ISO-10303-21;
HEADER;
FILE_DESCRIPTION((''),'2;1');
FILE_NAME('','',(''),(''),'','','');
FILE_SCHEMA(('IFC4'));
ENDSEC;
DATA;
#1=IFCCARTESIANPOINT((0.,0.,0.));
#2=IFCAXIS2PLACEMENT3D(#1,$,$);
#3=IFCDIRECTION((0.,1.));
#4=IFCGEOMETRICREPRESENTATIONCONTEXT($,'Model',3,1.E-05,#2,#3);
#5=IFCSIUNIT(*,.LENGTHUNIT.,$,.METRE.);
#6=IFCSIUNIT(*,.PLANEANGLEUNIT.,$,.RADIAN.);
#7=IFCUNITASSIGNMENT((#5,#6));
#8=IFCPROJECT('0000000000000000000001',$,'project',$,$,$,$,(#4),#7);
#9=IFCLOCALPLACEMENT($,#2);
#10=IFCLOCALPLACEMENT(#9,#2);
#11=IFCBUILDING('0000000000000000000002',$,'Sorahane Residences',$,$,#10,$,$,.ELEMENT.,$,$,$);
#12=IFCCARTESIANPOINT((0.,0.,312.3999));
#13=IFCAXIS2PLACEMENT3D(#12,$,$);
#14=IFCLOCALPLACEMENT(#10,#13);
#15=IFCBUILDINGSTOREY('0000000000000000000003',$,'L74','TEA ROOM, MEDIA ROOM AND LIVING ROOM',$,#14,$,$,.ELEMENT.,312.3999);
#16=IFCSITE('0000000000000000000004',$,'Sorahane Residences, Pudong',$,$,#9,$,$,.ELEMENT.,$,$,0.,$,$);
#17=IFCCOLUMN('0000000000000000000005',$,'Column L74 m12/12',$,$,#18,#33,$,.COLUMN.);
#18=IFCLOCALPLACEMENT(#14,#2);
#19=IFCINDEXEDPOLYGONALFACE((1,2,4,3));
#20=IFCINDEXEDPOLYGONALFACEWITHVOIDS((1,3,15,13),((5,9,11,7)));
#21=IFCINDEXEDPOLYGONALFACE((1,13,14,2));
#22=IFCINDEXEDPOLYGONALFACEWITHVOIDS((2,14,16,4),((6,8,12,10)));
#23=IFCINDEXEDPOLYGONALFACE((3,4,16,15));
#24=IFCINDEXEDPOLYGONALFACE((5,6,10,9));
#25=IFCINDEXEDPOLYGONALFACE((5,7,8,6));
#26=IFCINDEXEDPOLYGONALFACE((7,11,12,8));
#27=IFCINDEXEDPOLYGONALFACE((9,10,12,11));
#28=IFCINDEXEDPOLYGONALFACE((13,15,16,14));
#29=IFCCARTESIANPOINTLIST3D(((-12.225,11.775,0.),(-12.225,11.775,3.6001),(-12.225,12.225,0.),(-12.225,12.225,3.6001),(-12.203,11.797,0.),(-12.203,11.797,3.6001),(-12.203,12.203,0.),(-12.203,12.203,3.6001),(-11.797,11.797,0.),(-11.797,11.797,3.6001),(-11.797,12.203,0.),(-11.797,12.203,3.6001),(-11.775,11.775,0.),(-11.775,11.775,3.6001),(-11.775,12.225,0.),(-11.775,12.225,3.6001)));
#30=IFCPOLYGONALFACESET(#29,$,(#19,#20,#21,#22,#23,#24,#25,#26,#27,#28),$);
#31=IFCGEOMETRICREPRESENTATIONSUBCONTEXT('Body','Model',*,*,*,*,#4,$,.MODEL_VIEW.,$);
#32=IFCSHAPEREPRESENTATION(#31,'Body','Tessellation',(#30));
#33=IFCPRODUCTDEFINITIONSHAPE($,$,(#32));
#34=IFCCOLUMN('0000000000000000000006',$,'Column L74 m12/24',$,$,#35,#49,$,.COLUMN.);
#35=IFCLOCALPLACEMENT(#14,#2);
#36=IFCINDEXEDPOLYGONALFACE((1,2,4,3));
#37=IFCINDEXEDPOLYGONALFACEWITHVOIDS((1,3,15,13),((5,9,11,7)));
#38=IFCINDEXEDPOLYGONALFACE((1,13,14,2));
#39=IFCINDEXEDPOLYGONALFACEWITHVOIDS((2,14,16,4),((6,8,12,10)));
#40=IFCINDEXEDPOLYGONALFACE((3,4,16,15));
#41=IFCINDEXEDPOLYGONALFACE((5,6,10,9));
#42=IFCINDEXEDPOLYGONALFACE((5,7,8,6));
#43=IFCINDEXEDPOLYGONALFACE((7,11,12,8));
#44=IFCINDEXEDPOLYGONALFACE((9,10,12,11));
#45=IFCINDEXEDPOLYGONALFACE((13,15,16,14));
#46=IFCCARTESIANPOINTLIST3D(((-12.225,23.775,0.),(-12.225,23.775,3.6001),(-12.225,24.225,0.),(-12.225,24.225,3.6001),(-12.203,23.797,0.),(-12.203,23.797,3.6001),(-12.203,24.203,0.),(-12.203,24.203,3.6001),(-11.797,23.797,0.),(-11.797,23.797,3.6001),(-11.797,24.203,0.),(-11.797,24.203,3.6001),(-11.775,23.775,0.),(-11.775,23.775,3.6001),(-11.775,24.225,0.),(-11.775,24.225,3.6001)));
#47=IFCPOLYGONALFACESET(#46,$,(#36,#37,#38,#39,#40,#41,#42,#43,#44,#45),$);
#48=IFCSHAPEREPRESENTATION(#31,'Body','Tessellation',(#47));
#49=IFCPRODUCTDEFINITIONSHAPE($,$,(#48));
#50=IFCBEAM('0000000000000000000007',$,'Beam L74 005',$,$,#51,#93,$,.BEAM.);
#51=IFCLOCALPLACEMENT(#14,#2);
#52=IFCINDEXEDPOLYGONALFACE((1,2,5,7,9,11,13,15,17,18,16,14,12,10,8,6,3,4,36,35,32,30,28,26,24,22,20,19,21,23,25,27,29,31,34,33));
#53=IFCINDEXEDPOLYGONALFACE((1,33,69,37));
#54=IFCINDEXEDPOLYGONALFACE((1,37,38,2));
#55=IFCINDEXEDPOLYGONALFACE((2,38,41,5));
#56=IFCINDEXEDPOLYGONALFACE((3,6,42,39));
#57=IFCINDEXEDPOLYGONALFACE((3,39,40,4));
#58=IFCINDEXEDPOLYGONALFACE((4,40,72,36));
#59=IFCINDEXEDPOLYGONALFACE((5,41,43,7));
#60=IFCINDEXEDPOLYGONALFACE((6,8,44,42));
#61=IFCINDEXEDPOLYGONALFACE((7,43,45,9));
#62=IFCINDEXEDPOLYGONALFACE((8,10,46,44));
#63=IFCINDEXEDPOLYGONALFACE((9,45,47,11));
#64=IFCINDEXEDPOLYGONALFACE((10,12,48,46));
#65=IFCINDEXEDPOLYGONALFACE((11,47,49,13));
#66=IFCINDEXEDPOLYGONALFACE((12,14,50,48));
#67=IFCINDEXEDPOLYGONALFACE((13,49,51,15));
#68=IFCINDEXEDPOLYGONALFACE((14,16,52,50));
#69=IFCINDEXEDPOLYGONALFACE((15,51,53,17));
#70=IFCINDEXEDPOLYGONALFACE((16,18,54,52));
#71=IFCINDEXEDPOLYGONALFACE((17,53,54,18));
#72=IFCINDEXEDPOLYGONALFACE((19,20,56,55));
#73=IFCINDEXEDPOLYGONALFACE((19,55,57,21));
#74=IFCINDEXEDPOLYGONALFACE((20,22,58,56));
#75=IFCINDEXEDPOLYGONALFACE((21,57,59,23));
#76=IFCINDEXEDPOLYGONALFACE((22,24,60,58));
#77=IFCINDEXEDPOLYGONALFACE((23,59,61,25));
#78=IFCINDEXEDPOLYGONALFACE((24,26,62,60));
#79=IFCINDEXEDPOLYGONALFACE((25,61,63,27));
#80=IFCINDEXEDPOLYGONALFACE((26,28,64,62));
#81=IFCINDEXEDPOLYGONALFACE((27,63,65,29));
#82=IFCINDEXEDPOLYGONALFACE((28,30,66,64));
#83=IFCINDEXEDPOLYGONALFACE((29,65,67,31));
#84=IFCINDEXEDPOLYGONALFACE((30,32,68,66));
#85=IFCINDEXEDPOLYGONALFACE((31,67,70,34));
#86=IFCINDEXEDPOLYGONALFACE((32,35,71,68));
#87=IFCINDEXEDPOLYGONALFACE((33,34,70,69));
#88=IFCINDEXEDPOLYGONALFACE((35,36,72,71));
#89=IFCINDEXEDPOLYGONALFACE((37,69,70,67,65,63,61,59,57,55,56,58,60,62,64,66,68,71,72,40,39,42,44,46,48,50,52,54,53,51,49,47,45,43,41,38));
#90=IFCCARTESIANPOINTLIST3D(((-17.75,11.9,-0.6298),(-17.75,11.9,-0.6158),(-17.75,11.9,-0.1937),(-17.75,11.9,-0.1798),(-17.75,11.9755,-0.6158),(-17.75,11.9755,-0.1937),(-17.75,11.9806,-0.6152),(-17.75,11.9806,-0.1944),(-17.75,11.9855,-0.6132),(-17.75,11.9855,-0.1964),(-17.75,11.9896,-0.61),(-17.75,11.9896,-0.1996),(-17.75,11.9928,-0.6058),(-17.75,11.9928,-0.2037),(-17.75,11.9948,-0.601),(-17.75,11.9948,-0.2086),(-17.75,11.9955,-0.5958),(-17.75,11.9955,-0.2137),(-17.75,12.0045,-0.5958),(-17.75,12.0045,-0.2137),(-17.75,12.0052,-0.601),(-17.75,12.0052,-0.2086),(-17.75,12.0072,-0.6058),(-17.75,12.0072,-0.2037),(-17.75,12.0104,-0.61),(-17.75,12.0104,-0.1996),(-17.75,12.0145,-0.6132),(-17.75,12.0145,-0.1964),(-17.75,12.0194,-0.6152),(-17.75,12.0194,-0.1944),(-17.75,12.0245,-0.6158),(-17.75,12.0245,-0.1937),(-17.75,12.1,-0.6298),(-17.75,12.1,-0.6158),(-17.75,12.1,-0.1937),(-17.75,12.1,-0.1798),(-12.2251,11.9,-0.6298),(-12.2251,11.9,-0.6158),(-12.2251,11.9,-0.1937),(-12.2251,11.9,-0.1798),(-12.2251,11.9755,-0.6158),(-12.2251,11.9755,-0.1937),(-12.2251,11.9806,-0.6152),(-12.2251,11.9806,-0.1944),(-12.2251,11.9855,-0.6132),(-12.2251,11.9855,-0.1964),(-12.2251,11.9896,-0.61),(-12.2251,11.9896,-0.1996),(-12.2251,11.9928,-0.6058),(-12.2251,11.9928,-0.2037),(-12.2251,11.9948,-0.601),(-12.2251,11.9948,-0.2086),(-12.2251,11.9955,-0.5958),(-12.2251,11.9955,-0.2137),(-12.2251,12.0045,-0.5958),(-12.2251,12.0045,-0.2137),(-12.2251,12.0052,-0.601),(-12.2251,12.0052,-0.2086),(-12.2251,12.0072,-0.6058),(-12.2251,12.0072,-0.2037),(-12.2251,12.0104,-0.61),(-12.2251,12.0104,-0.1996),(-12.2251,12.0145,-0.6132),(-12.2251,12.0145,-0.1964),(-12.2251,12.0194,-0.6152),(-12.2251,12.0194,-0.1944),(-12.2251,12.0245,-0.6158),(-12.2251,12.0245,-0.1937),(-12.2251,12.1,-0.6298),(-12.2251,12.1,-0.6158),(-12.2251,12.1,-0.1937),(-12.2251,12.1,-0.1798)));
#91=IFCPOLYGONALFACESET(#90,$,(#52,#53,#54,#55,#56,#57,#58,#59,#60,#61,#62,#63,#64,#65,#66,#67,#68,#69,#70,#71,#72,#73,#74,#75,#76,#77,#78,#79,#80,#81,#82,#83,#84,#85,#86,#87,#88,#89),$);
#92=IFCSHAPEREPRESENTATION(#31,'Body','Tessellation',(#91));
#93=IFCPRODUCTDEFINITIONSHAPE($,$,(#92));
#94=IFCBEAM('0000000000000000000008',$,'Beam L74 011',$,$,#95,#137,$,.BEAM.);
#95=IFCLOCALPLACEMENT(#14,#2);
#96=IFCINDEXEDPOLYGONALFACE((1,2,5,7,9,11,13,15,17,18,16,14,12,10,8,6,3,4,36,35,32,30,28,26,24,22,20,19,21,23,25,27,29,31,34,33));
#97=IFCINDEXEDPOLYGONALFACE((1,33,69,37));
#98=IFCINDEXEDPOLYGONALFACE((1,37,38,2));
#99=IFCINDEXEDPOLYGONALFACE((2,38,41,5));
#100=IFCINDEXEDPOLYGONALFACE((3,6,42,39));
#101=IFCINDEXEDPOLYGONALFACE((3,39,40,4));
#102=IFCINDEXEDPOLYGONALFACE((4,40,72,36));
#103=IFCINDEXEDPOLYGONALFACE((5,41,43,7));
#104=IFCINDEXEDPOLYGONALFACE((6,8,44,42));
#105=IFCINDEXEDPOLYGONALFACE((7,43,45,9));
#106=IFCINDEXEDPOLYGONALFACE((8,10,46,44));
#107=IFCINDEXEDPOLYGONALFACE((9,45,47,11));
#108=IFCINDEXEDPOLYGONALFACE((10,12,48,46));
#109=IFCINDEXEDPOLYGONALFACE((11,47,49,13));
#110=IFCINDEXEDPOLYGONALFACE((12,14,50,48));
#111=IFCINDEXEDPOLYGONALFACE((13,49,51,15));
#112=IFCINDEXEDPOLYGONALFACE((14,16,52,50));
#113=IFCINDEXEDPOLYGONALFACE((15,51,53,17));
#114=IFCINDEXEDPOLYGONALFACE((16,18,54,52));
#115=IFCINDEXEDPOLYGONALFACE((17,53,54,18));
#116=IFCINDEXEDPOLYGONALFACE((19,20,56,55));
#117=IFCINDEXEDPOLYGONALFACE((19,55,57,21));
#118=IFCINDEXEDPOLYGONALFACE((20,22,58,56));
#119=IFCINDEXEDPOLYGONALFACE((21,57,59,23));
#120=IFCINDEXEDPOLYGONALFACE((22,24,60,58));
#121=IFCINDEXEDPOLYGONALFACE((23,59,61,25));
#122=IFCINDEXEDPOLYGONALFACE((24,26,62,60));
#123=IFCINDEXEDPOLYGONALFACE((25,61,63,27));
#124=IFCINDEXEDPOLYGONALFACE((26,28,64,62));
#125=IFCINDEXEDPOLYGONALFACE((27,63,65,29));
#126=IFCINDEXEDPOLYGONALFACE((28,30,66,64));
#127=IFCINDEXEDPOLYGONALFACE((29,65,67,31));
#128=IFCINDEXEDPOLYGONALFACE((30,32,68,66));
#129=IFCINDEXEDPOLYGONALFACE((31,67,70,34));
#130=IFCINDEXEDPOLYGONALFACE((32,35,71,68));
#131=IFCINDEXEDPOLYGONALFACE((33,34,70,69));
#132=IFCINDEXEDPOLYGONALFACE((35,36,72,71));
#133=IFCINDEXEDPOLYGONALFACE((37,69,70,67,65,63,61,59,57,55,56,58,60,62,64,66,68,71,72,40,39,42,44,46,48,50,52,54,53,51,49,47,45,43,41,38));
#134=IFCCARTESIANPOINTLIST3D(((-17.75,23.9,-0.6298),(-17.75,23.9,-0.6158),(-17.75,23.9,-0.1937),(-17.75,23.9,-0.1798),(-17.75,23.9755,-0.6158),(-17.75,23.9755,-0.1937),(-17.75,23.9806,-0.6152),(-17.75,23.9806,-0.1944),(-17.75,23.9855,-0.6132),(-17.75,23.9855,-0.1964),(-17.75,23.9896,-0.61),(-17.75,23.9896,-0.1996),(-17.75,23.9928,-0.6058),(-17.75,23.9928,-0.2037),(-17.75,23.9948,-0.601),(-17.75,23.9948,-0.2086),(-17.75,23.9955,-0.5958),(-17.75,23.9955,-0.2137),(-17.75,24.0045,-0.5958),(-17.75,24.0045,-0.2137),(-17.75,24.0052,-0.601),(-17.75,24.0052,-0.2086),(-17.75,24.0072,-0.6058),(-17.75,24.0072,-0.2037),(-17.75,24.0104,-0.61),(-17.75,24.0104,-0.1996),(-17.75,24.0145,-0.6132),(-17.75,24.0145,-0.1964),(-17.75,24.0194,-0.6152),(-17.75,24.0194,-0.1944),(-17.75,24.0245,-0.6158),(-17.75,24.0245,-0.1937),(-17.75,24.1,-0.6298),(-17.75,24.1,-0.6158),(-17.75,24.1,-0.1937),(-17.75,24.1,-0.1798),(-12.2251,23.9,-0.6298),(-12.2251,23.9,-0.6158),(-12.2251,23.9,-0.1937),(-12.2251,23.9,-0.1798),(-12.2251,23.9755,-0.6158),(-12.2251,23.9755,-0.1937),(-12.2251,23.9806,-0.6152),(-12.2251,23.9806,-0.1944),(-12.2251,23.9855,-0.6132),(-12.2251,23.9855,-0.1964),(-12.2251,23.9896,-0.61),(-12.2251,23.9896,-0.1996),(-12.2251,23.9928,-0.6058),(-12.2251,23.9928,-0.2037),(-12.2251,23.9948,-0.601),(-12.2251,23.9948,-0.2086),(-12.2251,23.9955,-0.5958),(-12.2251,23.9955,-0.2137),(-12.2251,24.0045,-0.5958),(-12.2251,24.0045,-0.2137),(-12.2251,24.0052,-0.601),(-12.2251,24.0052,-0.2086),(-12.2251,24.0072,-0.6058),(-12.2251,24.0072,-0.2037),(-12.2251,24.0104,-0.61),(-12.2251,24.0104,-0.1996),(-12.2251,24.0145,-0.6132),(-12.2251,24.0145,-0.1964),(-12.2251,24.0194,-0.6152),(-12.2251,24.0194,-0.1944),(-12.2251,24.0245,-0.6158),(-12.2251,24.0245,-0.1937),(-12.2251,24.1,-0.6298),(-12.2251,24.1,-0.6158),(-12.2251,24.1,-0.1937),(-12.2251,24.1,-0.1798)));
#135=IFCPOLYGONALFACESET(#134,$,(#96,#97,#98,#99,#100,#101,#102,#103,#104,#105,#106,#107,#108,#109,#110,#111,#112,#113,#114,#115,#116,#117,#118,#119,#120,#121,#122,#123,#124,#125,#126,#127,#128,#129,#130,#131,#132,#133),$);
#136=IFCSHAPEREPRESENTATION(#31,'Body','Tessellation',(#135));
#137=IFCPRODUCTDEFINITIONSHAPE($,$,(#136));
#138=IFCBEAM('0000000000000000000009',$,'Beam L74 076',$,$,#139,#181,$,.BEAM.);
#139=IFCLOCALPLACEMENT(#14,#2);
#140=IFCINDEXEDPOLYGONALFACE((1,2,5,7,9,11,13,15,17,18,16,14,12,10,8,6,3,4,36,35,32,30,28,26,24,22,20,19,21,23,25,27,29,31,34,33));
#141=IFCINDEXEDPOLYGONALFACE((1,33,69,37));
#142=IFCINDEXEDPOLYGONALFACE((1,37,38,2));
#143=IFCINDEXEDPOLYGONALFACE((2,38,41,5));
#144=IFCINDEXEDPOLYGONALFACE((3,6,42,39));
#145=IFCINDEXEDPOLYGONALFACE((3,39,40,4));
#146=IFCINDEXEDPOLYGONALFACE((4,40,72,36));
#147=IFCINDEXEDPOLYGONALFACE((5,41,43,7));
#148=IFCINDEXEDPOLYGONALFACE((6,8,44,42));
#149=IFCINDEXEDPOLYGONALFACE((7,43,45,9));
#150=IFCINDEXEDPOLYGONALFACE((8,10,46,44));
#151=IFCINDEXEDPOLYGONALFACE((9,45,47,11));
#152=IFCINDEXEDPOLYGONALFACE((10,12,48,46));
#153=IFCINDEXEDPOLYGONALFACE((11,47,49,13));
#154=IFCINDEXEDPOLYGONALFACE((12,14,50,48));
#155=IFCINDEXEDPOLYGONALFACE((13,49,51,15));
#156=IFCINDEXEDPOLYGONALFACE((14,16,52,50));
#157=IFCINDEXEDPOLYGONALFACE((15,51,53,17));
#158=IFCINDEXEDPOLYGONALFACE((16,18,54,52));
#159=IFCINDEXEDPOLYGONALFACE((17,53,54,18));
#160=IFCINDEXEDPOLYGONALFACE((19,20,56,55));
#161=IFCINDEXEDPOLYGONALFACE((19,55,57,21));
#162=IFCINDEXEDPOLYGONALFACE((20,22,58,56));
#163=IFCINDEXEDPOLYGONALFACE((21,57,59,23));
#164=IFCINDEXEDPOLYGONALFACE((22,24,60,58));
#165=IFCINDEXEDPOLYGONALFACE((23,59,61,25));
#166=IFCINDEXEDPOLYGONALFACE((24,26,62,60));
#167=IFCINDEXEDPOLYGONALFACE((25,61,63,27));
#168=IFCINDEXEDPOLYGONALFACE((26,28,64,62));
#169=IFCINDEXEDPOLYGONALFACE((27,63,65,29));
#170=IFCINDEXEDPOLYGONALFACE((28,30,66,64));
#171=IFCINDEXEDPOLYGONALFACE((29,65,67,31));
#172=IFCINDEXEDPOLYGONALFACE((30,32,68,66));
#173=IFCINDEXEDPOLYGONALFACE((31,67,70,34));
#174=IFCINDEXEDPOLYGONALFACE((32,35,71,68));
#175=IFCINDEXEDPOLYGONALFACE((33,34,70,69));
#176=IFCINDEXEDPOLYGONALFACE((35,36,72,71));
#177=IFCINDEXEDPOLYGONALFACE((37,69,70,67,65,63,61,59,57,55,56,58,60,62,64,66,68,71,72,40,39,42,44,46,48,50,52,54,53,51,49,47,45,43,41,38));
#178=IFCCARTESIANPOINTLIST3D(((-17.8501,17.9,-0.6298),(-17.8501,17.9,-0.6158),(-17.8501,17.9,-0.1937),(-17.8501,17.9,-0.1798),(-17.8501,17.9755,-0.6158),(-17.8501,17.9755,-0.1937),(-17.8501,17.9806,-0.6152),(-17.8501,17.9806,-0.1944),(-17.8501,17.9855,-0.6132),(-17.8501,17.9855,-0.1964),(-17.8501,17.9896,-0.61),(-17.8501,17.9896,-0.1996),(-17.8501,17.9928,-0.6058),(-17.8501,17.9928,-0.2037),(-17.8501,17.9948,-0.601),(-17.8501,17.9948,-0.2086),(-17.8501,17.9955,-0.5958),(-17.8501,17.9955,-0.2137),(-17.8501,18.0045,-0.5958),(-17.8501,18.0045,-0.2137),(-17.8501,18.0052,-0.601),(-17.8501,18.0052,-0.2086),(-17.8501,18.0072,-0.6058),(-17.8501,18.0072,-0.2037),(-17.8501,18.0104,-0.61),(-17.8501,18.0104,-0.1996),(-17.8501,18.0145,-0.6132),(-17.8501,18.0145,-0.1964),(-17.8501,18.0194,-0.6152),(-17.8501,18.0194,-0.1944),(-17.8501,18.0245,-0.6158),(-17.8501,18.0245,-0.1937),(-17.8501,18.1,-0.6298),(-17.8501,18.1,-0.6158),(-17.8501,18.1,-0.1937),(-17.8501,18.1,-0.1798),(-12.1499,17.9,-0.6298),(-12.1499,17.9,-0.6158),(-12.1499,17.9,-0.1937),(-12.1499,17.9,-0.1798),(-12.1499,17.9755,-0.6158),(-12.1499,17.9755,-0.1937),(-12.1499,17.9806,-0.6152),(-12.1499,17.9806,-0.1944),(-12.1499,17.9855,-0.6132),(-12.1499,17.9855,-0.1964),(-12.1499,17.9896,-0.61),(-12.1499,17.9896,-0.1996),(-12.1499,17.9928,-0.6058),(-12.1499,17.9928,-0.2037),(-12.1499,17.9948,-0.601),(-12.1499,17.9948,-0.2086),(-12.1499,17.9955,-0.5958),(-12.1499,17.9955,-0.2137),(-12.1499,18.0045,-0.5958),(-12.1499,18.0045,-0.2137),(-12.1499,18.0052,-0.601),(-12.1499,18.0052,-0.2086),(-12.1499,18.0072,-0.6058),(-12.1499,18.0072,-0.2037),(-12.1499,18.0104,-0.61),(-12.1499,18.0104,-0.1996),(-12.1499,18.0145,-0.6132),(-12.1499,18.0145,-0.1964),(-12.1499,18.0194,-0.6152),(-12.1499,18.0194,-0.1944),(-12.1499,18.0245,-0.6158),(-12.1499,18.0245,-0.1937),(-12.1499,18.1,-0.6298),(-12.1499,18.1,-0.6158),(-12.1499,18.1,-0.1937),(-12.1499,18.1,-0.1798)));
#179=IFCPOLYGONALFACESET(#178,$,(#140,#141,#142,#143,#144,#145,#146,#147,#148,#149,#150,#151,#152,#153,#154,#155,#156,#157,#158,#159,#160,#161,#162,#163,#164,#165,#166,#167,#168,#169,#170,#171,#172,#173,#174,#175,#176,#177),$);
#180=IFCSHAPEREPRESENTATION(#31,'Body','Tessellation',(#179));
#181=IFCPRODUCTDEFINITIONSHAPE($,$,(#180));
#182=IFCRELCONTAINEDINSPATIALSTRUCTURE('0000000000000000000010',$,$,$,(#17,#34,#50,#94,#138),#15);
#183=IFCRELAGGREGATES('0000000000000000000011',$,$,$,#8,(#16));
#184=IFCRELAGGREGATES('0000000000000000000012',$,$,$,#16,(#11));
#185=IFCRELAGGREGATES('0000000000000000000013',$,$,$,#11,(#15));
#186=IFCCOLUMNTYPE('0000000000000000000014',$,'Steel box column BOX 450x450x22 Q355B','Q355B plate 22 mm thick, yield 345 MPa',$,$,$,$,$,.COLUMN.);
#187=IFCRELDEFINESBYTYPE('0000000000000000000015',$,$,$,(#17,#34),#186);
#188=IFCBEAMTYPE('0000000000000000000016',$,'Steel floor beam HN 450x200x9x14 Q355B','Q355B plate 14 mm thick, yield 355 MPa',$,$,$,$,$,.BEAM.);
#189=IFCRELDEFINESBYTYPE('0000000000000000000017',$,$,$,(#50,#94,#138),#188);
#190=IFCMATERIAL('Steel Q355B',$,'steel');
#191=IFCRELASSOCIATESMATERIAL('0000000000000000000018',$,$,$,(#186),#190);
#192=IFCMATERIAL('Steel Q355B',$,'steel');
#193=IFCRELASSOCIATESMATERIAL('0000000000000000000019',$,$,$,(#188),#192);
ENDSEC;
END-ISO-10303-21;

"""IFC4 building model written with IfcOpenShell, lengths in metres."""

from ifc_helpers import new_model, si_unit, direction, frame, origin, origin_2d, place, context, subcontext, project, spatial, hollow_rectangle, i_section, extrude, material, material_profile, profile_set, type_object, element, save


model = new_model("IFC4")

# Units and contexts
model_context = context("Model", 3, precision=1e-05, world=origin(), true_north=direction((0.0, 1.0)))
body_context = subcontext(model_context, "Body", "Model", "MODEL_VIEW")
ifc_project = project(units=[si_unit("LENGTHUNIT", "METRE"), si_unit("PLANEANGLEUNIT", "RADIAN")], contexts=[model_context])

# Site, building, storey
site_placement = place(None, origin())
site = spatial("IfcSite", under=ifc_project, at=site_placement, Name="Sorahane Residences, Pudong", CompositionType="ELEMENT", RefElevation=0.0)
building_placement = place(site_placement, origin())
building = spatial("IfcBuilding", under=site, at=building_placement, Name="Sorahane Residences", CompositionType="ELEMENT")
storey_placement = place(building_placement, frame((0.0, 0.0, 312.3999)))
storey = spatial("IfcBuildingStorey", under=building, at=storey_placement, Name="L74", Description="TEA ROOM, MEDIA ROOM AND LIVING ROOM", CompositionType="ELEMENT", Elevation=312.3999)

# Columns
ifc_material_1 = material(Name="Steel Q355B", Category="steel")
ifc_material_profile_1 = material_profile(ifc_material_1, hollow_rectangle(XDim=0.45, YDim=0.45, WallThickness=0.022, at=origin_2d()), Name="BOX 450x450x22")
ifc_profile_set_1 = profile_set([ifc_material_profile_1], Name="Steel Q355B")
column_type = type_object("IfcColumnType", Name="Steel box column BOX 450x450x22 Q355B", Description="Q355B plate 22 mm thick, yield 345 MPa", PredefinedType="COLUMN", material=ifc_profile_set_1)
for number, where, z_axis, x_axis, name in (
    (1, (-12.0, 12.0, 0.0), (0.0, 0.0, 1.0), (1.0, 0.0, 0.0), "Column L74 m12/12"),
    (2, (-12.0, 24.0, 0.0), (0.0, 0.0, 1.0), (1.0, 0.0, 0.0), "Column L74 m12/24"),
):
    element("IfcColumn", number, at=place(storey_placement, frame(where, z_axis=z_axis, x_axis=x_axis)), inside=storey, type_object=column_type, Name=name, PredefinedType="COLUMN", context=body_context, shape_type="SweptSolid", body=[
        extrude(hollow_rectangle(XDim=0.45, YDim=0.45, WallThickness=0.022, at=origin_2d()), origin(), (0.0, 0.0, 1.0), 3.6001),
    ])

# Beams
ifc_material_2 = material(Name="Steel Q355B", Category="steel")
ifc_material_profile_2 = material_profile(ifc_material_2, i_section(OverallWidth=0.2, OverallDepth=0.45, WebThickness=0.009, FlangeThickness=0.0139, FilletRadius=0.02, at=origin_2d()), Name="HN 450x200x9x14")
ifc_profile_set_2 = profile_set([ifc_material_profile_2], Name="Steel Q355B")
beam_type_1 = type_object("IfcBeamType", Name="Steel floor beam HN 450x200x9x14 Q355B", Description="Q355B plate 14 mm thick, yield 355 MPa", PredefinedType="BEAM", material=ifc_profile_set_2)
for number, where, z_axis, x_axis, name in (
    (3, (-17.75, 12.0, -0.4048), (1.0, 0.0, 0.0), (0.0, 1.0, 0.0), "Beam L74 005"),
    (4, (-17.75, 24.0, -0.4048), (1.0, 0.0, 0.0), (0.0, 1.0, 0.0), "Beam L74 011"),
):
    element("IfcBeam", number, at=place(storey_placement, frame(where, z_axis=z_axis, x_axis=x_axis)), inside=storey, type_object=beam_type_1, Name=name, PredefinedType="BEAM", context=body_context, shape_type="SweptSolid", body=[
        extrude(i_section(OverallWidth=0.2, OverallDepth=0.45, WebThickness=0.009, FlangeThickness=0.0139, FilletRadius=0.02, at=origin_2d()), origin(), (0.0, 0.0, 1.0), 5.5249),
    ])
beam_1_placement = place(storey_placement, frame((-17.8501, 18.0, -0.4048), z_axis=(1.0, 0.0, 0.0), x_axis=(0.0, 1.0, 0.0)))
element("IfcBeam", 5, at=beam_1_placement, inside=storey, type_object=beam_type_1, Name="Beam L74 076", PredefinedType="BEAM", context=body_context, shape_type="SweptSolid", body=[
    extrude(i_section(OverallWidth=0.2, OverallDepth=0.45, WebThickness=0.009, FlangeThickness=0.0139, FilletRadius=0.02, at=origin_2d()), origin(), (0.0, 0.0, 1.0), 5.7002),
])

save(model, "model.ifc")
